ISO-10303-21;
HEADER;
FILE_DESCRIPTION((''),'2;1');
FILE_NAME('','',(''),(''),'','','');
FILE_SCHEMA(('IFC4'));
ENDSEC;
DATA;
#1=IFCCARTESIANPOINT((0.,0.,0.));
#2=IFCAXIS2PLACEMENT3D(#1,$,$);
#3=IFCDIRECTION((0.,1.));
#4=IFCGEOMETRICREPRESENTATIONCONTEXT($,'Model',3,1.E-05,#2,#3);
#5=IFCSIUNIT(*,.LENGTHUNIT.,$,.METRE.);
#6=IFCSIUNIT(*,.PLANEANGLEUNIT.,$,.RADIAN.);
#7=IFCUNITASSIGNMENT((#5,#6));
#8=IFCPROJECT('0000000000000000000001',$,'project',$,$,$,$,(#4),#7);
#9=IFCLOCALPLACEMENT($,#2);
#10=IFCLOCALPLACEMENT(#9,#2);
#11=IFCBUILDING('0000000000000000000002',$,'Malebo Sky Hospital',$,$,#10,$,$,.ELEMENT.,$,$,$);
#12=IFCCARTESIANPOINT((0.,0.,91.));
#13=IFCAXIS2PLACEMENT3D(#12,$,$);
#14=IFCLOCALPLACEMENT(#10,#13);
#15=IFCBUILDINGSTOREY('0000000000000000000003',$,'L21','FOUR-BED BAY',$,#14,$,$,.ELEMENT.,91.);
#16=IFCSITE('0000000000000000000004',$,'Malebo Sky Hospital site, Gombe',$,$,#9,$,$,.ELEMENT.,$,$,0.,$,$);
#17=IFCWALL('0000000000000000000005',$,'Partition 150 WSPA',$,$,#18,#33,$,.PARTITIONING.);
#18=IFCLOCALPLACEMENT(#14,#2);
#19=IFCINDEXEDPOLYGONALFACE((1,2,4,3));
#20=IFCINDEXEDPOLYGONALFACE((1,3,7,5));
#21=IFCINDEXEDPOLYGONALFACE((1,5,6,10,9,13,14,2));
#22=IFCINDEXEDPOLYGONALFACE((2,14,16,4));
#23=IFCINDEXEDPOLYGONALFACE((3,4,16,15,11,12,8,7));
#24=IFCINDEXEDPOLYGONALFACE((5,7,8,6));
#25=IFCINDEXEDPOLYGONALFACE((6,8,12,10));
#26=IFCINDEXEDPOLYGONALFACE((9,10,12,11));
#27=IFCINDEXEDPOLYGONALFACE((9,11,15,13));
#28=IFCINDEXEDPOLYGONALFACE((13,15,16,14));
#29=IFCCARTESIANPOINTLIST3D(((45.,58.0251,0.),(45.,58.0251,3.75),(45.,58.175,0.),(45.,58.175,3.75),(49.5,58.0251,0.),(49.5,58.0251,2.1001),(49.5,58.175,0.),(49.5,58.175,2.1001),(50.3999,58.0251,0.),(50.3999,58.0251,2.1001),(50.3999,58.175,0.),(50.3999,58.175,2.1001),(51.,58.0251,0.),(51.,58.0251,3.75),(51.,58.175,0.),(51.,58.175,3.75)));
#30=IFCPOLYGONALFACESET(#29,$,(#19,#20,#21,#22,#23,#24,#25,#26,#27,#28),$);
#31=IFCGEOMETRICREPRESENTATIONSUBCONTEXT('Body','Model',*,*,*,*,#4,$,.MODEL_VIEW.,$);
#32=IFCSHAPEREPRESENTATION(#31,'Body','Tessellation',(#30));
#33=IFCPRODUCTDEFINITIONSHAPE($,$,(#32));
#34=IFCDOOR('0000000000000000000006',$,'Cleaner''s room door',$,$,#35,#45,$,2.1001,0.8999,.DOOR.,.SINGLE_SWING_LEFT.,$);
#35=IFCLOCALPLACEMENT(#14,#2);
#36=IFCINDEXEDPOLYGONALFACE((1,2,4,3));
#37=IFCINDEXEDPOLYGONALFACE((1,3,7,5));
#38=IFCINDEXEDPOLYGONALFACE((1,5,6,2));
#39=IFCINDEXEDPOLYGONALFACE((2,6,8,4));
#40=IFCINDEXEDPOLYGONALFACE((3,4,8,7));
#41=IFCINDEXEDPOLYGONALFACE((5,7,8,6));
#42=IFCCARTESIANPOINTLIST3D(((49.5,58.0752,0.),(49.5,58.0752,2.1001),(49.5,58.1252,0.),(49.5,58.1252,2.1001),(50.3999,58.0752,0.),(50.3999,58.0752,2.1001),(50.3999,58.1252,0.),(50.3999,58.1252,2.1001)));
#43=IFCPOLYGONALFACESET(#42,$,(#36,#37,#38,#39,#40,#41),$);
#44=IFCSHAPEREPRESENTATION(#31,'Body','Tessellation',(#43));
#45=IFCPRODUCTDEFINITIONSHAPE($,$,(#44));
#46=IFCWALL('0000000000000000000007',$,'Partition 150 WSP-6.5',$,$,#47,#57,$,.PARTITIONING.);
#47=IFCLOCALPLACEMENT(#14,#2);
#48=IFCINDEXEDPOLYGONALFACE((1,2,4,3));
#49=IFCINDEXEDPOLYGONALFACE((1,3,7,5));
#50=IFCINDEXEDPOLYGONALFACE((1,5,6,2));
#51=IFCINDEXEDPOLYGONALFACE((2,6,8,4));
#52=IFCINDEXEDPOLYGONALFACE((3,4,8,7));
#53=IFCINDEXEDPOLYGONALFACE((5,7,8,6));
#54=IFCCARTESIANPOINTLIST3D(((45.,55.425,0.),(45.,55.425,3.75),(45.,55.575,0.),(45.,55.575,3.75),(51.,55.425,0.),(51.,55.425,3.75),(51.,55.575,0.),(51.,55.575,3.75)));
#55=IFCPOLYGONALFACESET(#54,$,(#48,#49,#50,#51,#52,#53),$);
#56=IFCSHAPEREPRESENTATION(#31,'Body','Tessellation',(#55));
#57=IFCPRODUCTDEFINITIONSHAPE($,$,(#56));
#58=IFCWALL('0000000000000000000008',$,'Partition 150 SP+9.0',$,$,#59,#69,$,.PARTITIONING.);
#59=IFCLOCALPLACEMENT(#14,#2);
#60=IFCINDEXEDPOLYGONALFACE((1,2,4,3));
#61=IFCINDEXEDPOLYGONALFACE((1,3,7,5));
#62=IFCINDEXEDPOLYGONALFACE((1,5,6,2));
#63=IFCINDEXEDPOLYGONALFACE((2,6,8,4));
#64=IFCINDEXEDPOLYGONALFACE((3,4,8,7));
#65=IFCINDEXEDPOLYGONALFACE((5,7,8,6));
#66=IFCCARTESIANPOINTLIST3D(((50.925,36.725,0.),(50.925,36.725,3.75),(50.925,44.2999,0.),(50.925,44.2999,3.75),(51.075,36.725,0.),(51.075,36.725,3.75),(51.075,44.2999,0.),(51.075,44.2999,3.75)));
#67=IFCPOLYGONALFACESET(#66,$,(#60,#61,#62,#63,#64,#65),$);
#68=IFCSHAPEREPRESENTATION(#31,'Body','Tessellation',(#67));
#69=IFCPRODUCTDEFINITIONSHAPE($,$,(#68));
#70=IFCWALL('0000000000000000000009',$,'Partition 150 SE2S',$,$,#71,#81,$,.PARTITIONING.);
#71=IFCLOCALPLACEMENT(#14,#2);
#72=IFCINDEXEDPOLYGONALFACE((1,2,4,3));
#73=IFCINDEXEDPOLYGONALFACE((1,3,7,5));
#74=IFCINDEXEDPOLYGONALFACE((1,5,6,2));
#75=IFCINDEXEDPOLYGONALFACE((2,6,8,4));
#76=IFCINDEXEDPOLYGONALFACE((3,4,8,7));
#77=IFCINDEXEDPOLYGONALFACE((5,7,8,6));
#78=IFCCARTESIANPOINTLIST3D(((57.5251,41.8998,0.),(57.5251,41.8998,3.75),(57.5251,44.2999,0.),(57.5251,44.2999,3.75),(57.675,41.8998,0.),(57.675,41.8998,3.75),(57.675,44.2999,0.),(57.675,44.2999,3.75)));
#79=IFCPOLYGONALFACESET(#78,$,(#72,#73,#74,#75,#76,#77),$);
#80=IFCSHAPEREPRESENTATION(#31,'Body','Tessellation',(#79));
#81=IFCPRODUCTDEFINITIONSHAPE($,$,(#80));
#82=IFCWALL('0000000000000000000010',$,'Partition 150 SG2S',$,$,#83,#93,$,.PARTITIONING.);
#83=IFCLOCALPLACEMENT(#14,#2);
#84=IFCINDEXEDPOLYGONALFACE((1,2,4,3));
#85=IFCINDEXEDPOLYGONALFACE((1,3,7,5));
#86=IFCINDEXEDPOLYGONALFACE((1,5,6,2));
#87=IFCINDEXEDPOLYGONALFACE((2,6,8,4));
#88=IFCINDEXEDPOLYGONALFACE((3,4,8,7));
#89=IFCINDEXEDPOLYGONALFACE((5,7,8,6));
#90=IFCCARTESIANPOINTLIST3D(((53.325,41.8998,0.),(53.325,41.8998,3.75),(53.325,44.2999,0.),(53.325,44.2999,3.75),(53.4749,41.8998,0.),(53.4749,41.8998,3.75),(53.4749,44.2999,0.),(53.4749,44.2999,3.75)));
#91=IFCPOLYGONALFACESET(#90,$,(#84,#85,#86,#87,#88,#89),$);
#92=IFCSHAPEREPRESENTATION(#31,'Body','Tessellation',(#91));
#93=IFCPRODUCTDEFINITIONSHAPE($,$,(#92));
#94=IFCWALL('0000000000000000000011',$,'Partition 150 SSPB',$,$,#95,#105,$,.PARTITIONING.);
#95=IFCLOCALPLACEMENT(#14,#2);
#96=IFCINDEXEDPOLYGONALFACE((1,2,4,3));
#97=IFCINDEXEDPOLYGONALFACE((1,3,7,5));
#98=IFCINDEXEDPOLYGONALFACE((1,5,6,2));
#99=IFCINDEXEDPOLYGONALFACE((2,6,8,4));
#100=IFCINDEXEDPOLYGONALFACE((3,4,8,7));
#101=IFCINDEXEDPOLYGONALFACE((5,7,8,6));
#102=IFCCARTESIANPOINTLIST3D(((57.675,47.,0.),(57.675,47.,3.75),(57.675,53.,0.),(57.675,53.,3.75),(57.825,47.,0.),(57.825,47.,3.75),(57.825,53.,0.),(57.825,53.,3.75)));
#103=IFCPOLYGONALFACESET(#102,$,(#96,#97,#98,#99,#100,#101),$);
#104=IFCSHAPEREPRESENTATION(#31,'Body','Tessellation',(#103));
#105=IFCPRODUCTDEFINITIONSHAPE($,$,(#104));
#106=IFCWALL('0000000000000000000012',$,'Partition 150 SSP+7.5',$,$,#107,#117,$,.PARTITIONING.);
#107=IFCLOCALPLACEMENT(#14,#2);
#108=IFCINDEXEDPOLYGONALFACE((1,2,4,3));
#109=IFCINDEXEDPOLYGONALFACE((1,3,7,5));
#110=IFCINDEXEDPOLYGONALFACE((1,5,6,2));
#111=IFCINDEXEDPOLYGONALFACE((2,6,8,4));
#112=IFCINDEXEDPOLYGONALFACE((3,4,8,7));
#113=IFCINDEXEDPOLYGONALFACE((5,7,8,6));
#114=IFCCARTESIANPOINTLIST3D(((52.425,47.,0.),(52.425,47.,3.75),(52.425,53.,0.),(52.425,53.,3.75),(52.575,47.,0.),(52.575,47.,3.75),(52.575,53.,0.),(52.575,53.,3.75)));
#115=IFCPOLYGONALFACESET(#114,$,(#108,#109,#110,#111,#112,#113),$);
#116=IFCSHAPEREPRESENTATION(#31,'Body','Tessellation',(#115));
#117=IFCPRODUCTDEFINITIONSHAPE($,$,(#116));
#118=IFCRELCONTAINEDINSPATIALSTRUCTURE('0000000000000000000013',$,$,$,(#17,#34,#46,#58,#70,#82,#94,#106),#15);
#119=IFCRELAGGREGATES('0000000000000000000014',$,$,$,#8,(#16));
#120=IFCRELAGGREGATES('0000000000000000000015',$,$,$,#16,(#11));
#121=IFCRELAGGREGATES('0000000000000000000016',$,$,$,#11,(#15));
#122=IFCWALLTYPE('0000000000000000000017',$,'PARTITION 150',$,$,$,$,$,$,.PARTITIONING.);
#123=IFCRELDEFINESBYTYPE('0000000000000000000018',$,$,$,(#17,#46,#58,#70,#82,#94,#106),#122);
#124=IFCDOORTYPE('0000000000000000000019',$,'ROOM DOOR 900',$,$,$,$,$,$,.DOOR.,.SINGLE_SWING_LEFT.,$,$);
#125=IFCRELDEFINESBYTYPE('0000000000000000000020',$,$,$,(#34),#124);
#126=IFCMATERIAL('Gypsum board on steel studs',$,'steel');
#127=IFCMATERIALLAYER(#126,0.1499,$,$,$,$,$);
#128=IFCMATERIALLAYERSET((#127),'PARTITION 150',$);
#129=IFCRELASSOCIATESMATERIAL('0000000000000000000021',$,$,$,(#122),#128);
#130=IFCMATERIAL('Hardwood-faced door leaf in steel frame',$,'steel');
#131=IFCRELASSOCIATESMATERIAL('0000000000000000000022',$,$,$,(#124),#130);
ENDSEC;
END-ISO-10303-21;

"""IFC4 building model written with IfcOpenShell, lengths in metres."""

from ifc_helpers import new_model, si_unit, direction, frame, frame_2d, origin, place, context, subcontext, project, spatial, rectangle, extrude, material, layer, layer_set, type_object, element, fill, save


model = new_model("IFC4")

# Units and contexts
model_context = context("Model", 3, precision=1e-05, world=origin(), true_north=direction((0.0, 1.0)))
body_context = subcontext(model_context, "Body", "Model", "MODEL_VIEW")
ifc_project = project(units=[si_unit("LENGTHUNIT", "METRE"), si_unit("PLANEANGLEUNIT", "RADIAN")], contexts=[model_context])

# Site, building, storey
site_placement = place(None, origin())
site = spatial("IfcSite", under=ifc_project, at=site_placement, Name="Malebo Sky Hospital site, Gombe", CompositionType="ELEMENT", RefElevation=0.0)
building_placement = place(site_placement, origin())
building = spatial("IfcBuilding", under=site, at=building_placement, Name="Malebo Sky Hospital", CompositionType="ELEMENT")
storey_placement = place(building_placement, frame((0.0, 0.0, 91.0)))
storey = spatial("IfcBuildingStorey", under=building, at=storey_placement, Name="L21", Description="FOUR-BED BAY", CompositionType="ELEMENT", Elevation=91.0)

# Shared definitions
ifc_material_1 = material(Name="Hardwood-faced door leaf in steel frame", Category="steel")

# Shared definitions
ifc_material_2 = material(Name="Gypsum board on steel studs", Category="steel")

# Shared definitions
ifc_layer_1 = layer(ifc_material_2, 0.1499)
ifc_layer_set_1 = layer_set([ifc_layer_1], Name="PARTITION 150")
wall_type_1 = type_object("IfcWallType", Name="PARTITION 150", PredefinedType="PARTITIONING", material=ifc_layer_set_1)

# Wall, opening, door
wall_1_placement = place(storey_placement, frame((51.0, 58.1001, 0.0), z_axis=(0.0, 0.0, 1.0), x_axis=(-1.0, 0.0, 0.0)))
wall_1 = element("IfcWall", 1, at=wall_1_placement, inside=storey, type_object=wall_type_1, Name="Partition 150 WSPA", PredefinedType="PARTITIONING", context=body_context, shape_type="SweptSolid", body=[
    extrude(rectangle(XDim=6.0, YDim=0.1499, at=frame_2d((3.0, 0.0))), origin(), (0.0, 0.0, 1.0), 3.75),
])
opening_1_placement = place(wall_1_placement, frame((0.6001, 0.0, 0.0)))
opening_1 = element("IfcOpeningElement", 2, at=opening_1_placement, cuts=wall_1, PredefinedType="OPENING", context=body_context, shape_type="SweptSolid", body=[
    extrude(rectangle(XDim=0.8999, YDim=2.1001, at=frame_2d((0.45, 1.05))), frame((0.0, 0.085, 0.0), z_axis=(0.0, -1.0, 0.0), x_axis=(1.0, 0.0, 0.0)), (0.0, 0.0, 1.0), 0.1699),
])
door_type_1 = type_object("IfcDoorType", Name="ROOM DOOR 900", OperationType="SINGLE_SWING_LEFT", PredefinedType="DOOR", material=ifc_material_1)
door_1_placement = place(opening_1_placement, origin())
door_1 = element("IfcDoor", 3, at=door_1_placement, inside=storey, type_object=door_type_1, Name="Cleaner's room door", OperationType="SINGLE_SWING_LEFT", OverallHeight=2.1001, OverallWidth=0.8999, PredefinedType="DOOR", context=body_context, shape_type="SweptSolid", body=[
    extrude(rectangle(XDim=0.8999, YDim=2.1001, at=frame_2d((0.45, 1.05))), frame((0.0, 0.0249, 0.0), z_axis=(0.0, -1.0, 0.0), x_axis=(1.0, 0.0, 0.0)), (0.0, 0.0, 1.0), 0.05),
])
fill(opening_1, door_1)

# Walls
wall_2_placement = place(storey_placement, frame((51.0, 55.5, 0.0), z_axis=(0.0, 0.0, 1.0), x_axis=(-1.0, 0.0, 0.0)))
element("IfcWall", 4, at=wall_2_placement, inside=storey, type_object=wall_type_1, Name="Partition 150 WSP-6.5", PredefinedType="PARTITIONING", context=body_context, shape_type="SweptSolid", body=[
    extrude(rectangle(XDim=6.0, YDim=0.1499, at=frame_2d((3.0, 0.0))), origin(), (0.0, 0.0, 1.0), 3.75),
])
wall_3_placement = place(storey_placement, frame((51.0, 44.3, 0.0), z_axis=(0.0, 0.0, 1.0), x_axis=(0.0, -1.0, 0.0)))
element("IfcWall", 5, at=wall_3_placement, inside=storey, type_object=wall_type_1, Name="Partition 150 SP+9.0", PredefinedType="PARTITIONING", context=body_context, shape_type="SweptSolid", body=[
    extrude(rectangle(XDim=7.575, YDim=0.1499, at=frame_2d((3.7876, 0.0))), origin(), (0.0, 0.0, 1.0), 3.75),
])
for number, where, z_axis, x_axis, name in (
    (6, (57.6001, 44.3, 0.0), (0.0, 0.0, 1.0), (0.0, -1.0, 0.0), "Partition 150 SE2S"),
    (7, (53.3999, 44.3, 0.0), (0.0, 0.0, 1.0), (0.0, -1.0, 0.0), "Partition 150 SG2S"),
):
    element("IfcWall", number, at=place(storey_placement, frame(where, z_axis=z_axis, x_axis=x_axis)), inside=storey, type_object=wall_type_1, Name=name, PredefinedType="PARTITIONING", context=body_context, shape_type="SweptSolid", body=[
        extrude(rectangle(XDim=2.4001, YDim=0.1499, at=frame_2d((1.2002, 0.0))), origin(), (0.0, 0.0, 1.0), 3.75),
    ])
for number, where, z_axis, x_axis, name in (
    (8, (57.75, 53.0, 0.0), (0.0, 0.0, 1.0), (0.0, -1.0, 0.0), "Partition 150 SSPB"),
    (9, (52.5, 53.0, 0.0), (0.0, 0.0, 1.0), (0.0, -1.0, 0.0), "Partition 150 SSP+7.5"),
):
    element("IfcWall", number, at=place(storey_placement, frame(where, z_axis=z_axis, x_axis=x_axis)), inside=storey, type_object=wall_type_1, Name=name, PredefinedType="PARTITIONING", context=body_context, shape_type="SweptSolid", body=[
        extrude(rectangle(XDim=6.0, YDim=0.1499, at=frame_2d((3.0, 0.0))), origin(), (0.0, 0.0, 1.0), 3.75),
    ])

save(model, "model.ifc")
